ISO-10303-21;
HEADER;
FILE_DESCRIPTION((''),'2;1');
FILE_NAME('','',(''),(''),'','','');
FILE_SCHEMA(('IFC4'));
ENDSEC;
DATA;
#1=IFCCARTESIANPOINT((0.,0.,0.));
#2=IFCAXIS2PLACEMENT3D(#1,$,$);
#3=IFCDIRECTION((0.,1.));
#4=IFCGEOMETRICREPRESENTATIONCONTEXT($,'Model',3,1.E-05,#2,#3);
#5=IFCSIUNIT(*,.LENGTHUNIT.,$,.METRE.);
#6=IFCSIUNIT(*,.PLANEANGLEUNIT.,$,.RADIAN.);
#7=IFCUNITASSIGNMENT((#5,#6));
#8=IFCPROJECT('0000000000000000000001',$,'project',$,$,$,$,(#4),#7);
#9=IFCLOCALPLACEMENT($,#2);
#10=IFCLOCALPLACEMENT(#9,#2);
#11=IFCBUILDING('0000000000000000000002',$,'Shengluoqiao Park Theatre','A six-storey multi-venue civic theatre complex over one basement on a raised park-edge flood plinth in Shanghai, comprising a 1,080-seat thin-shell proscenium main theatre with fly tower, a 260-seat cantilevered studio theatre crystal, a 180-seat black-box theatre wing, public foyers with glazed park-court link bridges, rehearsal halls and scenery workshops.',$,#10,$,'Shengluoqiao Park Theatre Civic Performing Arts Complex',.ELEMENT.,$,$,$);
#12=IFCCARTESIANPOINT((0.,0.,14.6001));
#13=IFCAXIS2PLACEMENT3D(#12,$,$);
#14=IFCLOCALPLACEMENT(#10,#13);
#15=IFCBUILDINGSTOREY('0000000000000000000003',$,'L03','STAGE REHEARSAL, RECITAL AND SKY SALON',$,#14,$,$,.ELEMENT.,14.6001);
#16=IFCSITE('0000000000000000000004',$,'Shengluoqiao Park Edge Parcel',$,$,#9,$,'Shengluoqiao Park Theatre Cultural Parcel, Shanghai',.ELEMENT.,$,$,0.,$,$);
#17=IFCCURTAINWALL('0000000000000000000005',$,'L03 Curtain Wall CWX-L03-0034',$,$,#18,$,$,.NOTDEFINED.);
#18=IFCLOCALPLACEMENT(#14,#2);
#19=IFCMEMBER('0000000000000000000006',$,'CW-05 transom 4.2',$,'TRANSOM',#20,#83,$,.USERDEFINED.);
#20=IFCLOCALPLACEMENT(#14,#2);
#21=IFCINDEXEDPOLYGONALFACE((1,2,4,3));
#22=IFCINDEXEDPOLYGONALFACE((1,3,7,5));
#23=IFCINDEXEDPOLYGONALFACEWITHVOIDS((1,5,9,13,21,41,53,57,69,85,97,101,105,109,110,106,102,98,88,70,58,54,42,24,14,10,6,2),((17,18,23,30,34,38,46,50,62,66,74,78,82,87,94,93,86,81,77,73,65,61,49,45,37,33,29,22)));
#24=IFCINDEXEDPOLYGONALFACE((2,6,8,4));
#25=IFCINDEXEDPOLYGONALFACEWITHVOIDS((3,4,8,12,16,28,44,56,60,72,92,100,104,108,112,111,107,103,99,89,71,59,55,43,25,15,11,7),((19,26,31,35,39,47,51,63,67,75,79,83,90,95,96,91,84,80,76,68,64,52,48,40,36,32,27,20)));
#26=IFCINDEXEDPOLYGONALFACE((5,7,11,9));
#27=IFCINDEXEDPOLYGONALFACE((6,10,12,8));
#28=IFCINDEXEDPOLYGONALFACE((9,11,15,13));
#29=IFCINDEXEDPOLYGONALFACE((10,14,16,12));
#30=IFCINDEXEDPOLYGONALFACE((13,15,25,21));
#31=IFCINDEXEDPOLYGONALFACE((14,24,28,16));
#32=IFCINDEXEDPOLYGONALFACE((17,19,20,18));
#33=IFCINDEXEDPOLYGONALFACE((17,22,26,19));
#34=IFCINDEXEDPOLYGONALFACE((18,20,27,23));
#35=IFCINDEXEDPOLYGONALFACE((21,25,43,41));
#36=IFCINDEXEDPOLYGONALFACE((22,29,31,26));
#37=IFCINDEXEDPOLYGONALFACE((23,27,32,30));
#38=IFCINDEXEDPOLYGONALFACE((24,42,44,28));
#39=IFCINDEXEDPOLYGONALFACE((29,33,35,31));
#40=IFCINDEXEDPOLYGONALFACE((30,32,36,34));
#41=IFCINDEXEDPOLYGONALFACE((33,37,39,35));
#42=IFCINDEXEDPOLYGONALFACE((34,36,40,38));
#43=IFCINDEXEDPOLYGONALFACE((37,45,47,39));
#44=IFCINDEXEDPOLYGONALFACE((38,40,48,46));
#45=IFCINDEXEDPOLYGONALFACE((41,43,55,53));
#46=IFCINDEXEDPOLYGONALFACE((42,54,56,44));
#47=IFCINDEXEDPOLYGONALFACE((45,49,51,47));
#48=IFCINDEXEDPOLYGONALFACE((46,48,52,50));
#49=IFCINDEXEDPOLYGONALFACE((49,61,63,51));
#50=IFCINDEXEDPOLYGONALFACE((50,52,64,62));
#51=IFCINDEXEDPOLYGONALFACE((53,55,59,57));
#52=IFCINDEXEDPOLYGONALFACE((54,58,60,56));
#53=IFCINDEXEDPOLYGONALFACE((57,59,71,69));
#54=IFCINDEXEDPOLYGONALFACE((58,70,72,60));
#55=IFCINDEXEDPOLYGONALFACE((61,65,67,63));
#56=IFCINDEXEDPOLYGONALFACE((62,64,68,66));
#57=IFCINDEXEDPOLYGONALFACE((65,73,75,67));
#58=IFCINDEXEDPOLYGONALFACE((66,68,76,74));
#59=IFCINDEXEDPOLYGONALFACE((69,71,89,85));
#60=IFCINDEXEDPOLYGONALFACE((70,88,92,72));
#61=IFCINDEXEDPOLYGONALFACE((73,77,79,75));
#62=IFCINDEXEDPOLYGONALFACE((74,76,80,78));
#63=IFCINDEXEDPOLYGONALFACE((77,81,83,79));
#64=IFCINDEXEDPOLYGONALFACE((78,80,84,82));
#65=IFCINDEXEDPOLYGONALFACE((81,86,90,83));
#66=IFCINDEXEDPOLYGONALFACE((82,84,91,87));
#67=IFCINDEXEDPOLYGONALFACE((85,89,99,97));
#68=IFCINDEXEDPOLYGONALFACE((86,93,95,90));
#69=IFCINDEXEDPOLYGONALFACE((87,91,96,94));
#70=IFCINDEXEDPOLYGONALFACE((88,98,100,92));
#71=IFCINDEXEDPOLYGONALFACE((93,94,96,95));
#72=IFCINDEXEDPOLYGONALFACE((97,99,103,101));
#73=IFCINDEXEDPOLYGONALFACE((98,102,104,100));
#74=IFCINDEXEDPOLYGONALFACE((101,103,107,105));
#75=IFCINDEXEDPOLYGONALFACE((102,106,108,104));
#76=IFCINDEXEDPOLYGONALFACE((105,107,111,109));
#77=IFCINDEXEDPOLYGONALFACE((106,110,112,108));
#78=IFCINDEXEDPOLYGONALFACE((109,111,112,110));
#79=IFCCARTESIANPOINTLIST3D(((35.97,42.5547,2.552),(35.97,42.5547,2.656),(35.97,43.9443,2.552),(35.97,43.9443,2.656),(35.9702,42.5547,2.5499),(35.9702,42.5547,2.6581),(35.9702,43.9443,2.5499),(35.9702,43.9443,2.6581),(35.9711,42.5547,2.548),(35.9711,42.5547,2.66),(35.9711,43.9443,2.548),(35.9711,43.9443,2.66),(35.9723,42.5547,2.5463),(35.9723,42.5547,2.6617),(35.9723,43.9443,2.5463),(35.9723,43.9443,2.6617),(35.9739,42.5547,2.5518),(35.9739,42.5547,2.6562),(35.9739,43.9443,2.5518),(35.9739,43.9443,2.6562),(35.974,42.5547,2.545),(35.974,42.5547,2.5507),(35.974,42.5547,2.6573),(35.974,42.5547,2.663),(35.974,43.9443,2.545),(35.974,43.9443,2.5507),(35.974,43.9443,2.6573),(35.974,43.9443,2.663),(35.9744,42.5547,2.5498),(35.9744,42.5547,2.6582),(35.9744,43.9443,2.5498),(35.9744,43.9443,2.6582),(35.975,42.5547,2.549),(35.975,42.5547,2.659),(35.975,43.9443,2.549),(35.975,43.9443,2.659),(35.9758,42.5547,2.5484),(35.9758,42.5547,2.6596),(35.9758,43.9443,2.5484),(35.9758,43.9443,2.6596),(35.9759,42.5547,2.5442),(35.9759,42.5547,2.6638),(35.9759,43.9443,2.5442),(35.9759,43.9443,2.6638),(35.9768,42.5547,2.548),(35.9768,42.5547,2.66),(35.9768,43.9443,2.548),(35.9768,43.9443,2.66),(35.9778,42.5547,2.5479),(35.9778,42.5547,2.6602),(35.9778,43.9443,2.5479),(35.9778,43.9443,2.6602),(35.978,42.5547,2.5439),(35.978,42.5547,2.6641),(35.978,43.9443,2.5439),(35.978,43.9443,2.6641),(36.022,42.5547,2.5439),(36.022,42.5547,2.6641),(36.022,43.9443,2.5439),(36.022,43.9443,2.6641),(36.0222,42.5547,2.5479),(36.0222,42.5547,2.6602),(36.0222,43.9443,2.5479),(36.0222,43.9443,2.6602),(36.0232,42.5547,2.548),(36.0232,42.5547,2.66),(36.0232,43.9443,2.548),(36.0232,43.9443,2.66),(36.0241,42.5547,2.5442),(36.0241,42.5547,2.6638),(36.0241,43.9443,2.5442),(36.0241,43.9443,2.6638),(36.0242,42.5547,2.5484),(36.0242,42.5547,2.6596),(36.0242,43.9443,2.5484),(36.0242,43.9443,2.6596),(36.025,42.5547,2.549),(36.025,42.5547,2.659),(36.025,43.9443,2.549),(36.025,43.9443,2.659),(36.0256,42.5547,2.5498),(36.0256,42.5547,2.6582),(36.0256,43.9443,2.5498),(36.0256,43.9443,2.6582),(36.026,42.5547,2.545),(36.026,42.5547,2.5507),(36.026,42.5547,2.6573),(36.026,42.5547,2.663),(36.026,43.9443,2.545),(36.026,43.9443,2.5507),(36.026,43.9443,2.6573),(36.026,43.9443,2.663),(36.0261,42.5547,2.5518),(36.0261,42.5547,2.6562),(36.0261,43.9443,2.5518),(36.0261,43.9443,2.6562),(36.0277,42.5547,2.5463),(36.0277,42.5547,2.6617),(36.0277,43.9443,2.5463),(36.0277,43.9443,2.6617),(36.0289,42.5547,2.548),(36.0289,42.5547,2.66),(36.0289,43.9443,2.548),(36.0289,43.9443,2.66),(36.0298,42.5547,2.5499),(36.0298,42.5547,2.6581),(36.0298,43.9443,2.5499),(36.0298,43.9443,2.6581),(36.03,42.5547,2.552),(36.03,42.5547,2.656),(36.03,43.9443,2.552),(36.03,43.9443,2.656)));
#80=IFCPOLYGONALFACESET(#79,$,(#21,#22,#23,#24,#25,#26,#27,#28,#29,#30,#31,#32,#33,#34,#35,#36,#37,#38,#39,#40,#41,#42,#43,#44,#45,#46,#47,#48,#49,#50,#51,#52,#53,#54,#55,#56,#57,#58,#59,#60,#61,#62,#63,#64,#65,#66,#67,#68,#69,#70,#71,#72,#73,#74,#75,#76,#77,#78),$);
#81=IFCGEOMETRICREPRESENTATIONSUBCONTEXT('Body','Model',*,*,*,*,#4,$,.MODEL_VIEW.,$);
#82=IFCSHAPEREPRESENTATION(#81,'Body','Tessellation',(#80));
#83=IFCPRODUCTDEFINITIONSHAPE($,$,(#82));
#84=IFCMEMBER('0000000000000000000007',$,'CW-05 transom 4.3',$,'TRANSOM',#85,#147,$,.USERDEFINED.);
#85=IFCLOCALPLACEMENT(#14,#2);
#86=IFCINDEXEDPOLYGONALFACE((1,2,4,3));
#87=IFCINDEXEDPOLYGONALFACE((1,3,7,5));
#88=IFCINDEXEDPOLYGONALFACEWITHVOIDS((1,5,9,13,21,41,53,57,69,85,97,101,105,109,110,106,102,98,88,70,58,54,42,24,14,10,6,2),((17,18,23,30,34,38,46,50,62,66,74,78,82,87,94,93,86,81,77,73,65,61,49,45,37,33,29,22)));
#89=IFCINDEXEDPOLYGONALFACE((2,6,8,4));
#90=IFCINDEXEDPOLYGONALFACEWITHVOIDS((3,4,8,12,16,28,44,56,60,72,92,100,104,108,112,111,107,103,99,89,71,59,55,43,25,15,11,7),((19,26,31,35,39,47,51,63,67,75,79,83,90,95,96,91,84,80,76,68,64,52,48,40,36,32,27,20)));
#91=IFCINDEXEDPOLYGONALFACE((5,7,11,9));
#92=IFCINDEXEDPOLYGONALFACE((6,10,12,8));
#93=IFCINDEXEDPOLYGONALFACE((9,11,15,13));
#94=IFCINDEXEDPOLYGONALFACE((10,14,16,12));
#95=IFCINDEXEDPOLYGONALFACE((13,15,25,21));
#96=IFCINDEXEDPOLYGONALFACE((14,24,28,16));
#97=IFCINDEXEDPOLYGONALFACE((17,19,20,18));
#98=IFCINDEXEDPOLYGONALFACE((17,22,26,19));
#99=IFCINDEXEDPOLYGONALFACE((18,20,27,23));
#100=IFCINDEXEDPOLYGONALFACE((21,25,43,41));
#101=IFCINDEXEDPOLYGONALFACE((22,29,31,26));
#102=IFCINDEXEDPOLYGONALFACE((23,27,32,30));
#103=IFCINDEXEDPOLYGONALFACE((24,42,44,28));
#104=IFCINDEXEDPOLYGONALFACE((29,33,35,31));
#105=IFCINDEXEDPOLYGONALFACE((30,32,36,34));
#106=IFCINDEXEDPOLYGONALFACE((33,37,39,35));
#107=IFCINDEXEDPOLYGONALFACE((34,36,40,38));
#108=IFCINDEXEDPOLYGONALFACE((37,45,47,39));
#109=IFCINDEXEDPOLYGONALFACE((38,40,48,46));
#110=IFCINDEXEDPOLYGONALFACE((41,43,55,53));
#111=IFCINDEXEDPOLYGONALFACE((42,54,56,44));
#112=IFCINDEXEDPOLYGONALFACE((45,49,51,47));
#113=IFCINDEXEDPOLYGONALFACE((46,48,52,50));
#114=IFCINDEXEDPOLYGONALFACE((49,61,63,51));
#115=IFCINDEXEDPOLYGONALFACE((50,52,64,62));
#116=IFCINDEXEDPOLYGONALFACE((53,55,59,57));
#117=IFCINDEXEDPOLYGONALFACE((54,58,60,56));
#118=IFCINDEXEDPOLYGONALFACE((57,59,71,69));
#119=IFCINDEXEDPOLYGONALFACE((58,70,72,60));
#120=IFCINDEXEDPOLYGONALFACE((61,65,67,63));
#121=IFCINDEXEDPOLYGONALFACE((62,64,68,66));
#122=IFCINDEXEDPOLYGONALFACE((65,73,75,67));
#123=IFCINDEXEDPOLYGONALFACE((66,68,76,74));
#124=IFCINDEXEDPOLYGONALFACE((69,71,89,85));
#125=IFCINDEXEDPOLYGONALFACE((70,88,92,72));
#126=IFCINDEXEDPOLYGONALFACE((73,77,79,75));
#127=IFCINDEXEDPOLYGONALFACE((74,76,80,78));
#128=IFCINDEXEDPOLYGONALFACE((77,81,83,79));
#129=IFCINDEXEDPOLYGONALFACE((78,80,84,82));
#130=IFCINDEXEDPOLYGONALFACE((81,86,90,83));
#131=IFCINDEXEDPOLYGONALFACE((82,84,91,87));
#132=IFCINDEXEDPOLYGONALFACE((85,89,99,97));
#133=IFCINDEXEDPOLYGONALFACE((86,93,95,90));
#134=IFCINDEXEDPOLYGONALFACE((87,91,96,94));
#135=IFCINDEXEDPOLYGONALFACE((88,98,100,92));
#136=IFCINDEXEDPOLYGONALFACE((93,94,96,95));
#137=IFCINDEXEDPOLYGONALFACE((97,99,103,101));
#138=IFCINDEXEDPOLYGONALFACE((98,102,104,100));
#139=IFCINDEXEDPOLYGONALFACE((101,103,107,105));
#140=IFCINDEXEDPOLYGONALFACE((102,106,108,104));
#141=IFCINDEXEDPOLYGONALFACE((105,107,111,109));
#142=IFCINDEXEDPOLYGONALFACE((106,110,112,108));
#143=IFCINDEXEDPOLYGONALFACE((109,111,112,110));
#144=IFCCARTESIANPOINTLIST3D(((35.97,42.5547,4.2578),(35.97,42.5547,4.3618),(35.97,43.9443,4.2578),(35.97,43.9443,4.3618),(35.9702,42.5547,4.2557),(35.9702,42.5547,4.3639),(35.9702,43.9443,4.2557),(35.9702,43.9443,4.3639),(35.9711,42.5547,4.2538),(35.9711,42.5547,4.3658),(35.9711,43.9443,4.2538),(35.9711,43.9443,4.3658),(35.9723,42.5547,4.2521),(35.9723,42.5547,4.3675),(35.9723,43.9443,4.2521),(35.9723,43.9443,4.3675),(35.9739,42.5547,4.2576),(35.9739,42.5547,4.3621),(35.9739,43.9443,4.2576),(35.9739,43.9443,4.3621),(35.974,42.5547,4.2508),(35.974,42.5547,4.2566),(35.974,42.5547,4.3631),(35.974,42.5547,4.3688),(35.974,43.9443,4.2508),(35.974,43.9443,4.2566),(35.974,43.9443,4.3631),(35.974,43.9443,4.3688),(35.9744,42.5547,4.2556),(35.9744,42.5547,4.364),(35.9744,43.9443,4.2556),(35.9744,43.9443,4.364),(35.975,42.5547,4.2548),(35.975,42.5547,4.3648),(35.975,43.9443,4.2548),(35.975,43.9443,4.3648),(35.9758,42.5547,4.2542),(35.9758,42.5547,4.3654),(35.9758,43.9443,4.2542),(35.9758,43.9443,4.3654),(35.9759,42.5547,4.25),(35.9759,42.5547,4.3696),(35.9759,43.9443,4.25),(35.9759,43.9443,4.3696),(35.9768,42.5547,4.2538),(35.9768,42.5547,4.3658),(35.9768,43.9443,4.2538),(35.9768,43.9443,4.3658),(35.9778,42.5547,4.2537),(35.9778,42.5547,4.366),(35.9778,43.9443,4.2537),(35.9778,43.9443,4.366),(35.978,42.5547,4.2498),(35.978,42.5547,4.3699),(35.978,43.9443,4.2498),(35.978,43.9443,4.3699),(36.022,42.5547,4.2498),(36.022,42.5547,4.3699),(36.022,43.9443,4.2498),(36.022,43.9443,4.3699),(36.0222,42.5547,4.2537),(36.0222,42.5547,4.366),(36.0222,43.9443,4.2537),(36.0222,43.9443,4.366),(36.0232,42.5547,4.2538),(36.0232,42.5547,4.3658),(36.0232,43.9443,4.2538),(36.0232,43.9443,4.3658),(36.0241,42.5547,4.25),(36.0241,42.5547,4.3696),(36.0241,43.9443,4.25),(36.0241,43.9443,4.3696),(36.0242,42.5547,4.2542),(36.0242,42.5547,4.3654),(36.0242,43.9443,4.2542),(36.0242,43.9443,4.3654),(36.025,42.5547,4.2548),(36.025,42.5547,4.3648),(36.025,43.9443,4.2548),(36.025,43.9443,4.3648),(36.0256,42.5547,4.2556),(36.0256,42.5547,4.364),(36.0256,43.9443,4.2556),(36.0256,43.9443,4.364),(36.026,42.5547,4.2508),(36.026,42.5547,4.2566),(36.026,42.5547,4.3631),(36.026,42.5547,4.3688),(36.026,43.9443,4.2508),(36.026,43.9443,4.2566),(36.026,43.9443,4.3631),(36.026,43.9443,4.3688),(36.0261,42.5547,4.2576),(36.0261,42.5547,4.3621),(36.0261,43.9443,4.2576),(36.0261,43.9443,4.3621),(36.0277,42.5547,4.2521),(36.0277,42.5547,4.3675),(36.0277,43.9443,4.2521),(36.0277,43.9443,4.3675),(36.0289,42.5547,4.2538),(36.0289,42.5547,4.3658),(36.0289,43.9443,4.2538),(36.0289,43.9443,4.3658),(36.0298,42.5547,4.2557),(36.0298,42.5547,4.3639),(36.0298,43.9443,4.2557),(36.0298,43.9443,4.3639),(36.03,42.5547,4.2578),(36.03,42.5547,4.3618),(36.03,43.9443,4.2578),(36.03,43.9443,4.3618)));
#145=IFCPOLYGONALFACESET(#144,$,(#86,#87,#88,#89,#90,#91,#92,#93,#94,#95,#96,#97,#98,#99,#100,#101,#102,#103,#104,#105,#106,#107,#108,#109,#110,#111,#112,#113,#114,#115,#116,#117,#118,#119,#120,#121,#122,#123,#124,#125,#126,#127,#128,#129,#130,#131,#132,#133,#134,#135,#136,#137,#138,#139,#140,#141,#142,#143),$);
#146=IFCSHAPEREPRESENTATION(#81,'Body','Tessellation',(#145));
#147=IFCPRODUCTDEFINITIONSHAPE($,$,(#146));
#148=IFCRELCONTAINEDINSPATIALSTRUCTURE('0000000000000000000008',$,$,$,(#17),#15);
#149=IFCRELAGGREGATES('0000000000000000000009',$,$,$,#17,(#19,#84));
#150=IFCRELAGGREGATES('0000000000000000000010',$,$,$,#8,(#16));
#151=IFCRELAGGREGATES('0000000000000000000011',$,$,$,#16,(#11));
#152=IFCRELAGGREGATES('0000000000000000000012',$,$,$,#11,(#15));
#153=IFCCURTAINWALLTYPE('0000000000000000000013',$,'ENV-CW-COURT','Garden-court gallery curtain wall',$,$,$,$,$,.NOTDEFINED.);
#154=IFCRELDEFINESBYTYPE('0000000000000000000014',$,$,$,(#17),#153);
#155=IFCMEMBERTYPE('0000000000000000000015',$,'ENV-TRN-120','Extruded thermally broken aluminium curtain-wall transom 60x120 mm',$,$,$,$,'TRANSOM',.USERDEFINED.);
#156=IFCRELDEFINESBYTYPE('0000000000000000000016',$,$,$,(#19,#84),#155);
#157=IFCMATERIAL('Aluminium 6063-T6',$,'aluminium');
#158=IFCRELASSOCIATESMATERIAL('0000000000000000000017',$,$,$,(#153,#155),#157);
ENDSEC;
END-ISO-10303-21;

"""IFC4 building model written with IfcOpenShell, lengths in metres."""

from ifc_helpers import new_model, si_unit, direction, frame, origin, origin_2d, place, context, subcontext, project, spatial, hollow_rectangle, extrude, material, material_profile, profile_set, type_object, element, aggregate, save


model = new_model("IFC4")

# Units and contexts
model_context = context("Model", 3, precision=1e-05, world=origin(), true_north=direction((0.0, 1.0)))
body_context = subcontext(model_context, "Body", "Model", "MODEL_VIEW")
ifc_project = project(units=[si_unit("LENGTHUNIT", "METRE"), si_unit("PLANEANGLEUNIT", "RADIAN")], contexts=[model_context])

# Site, building, storey
site_placement = place(None, origin())
site = spatial("IfcSite", under=ifc_project, at=site_placement, Name="Shengluoqiao Park Edge Parcel", LongName="Shengluoqiao Park Theatre Cultural Parcel, Shanghai", CompositionType="ELEMENT", RefElevation=0.0)
building_placement = place(site_placement, origin())
building = spatial("IfcBuilding", under=site, at=building_placement, Name="Shengluoqiao Park Theatre", Description="A six-storey multi-venue civic theatre complex over one basement on a raised park-edge flood plinth in Shanghai, comprising a 1,080-seat thin-shell proscenium main theatre with fly tower, a 260-seat cantilevered studio theatre crystal, a 180-seat black-box theatre wing, public foyers with glazed park-court link bridges, rehearsal halls and scenery workshops.", LongName="Shengluoqiao Park Theatre Civic Performing Arts Complex", CompositionType="ELEMENT")
storey_placement = place(building_placement, frame((0.0, 0.0, 14.6001)))
storey = spatial("IfcBuildingStorey", under=building, at=storey_placement, Name="L03", Description="STAGE REHEARSAL, RECITAL AND SKY SALON", CompositionType="ELEMENT", Elevation=14.6001)

# Curtain wall, members
ifc_material_1 = material(Name="Aluminium 6063-T6", Category="aluminium")
curtain_wall_type = type_object("IfcCurtainWallType", Name="ENV-CW-COURT", Description="Garden-court gallery curtain wall", PredefinedType="NOTDEFINED", material=ifc_material_1)
curtain_wall_placement = place(storey_placement, origin())
curtain_wall = element("IfcCurtainWall", 1, at=curtain_wall_placement, inside=storey, type_object=curtain_wall_type, Name="L03 Curtain Wall CWX-L03-0034", PredefinedType="NOTDEFINED")
ifc_material_profile_1 = material_profile(ifc_material_1, hollow_rectangle(XDim=0.0601, YDim=0.1201, WallThickness=0.0039, InnerFilletRadius=0.0039, OuterFilletRadius=0.0081, at=origin_2d()), Name="ALU TRANSOM 120x60x4")
ifc_profile_set_1 = profile_set([ifc_material_profile_1], Name="Aluminium 6063-T6")
member_type_1 = type_object("IfcMemberType", Name="ENV-TRN-120", Description="Extruded thermally broken aluminium curtain-wall transom 60x120 mm", ElementType="TRANSOM", PredefinedType="USERDEFINED", material=ifc_profile_set_1)
member_1_placement = place(storey_placement, frame((36.0, 42.5547, 2.604), z_axis=(0.0, 1.0, 0.0), x_axis=(-1.0, 0.0, 0.0)))
member_1 = element("IfcMember", 2, at=member_1_placement, type_object=member_type_1, Name="CW-05 transom 4.2", ObjectType="TRANSOM", PredefinedType="USERDEFINED", context=body_context, shape_type="SweptSolid", body=[
    extrude(hollow_rectangle(XDim=0.0601, YDim=0.1201, WallThickness=0.0039, InnerFilletRadius=0.0039, OuterFilletRadius=0.0081, at=origin_2d()), origin(), (0.0, 0.0, 1.0), 1.3896),
])
member_2_placement = place(storey_placement, frame((36.0, 42.5547, 4.3098), z_axis=(0.0, 1.0, 0.0), x_axis=(-1.0, 0.0, 0.0)))
member_2 = element("IfcMember", 3, at=member_2_placement, type_object=member_type_1, Name="CW-05 transom 4.3", ObjectType="TRANSOM", PredefinedType="USERDEFINED", context=body_context, shape_type="SweptSolid", body=[
    extrude(hollow_rectangle(XDim=0.0601, YDim=0.1201, WallThickness=0.0039, InnerFilletRadius=0.0039, OuterFilletRadius=0.0081, at=origin_2d()), origin(), (0.0, 0.0, 1.0), 1.3896),
])

aggregate(curtain_wall, [member_1, member_2])

save(model, "model.ifc")
